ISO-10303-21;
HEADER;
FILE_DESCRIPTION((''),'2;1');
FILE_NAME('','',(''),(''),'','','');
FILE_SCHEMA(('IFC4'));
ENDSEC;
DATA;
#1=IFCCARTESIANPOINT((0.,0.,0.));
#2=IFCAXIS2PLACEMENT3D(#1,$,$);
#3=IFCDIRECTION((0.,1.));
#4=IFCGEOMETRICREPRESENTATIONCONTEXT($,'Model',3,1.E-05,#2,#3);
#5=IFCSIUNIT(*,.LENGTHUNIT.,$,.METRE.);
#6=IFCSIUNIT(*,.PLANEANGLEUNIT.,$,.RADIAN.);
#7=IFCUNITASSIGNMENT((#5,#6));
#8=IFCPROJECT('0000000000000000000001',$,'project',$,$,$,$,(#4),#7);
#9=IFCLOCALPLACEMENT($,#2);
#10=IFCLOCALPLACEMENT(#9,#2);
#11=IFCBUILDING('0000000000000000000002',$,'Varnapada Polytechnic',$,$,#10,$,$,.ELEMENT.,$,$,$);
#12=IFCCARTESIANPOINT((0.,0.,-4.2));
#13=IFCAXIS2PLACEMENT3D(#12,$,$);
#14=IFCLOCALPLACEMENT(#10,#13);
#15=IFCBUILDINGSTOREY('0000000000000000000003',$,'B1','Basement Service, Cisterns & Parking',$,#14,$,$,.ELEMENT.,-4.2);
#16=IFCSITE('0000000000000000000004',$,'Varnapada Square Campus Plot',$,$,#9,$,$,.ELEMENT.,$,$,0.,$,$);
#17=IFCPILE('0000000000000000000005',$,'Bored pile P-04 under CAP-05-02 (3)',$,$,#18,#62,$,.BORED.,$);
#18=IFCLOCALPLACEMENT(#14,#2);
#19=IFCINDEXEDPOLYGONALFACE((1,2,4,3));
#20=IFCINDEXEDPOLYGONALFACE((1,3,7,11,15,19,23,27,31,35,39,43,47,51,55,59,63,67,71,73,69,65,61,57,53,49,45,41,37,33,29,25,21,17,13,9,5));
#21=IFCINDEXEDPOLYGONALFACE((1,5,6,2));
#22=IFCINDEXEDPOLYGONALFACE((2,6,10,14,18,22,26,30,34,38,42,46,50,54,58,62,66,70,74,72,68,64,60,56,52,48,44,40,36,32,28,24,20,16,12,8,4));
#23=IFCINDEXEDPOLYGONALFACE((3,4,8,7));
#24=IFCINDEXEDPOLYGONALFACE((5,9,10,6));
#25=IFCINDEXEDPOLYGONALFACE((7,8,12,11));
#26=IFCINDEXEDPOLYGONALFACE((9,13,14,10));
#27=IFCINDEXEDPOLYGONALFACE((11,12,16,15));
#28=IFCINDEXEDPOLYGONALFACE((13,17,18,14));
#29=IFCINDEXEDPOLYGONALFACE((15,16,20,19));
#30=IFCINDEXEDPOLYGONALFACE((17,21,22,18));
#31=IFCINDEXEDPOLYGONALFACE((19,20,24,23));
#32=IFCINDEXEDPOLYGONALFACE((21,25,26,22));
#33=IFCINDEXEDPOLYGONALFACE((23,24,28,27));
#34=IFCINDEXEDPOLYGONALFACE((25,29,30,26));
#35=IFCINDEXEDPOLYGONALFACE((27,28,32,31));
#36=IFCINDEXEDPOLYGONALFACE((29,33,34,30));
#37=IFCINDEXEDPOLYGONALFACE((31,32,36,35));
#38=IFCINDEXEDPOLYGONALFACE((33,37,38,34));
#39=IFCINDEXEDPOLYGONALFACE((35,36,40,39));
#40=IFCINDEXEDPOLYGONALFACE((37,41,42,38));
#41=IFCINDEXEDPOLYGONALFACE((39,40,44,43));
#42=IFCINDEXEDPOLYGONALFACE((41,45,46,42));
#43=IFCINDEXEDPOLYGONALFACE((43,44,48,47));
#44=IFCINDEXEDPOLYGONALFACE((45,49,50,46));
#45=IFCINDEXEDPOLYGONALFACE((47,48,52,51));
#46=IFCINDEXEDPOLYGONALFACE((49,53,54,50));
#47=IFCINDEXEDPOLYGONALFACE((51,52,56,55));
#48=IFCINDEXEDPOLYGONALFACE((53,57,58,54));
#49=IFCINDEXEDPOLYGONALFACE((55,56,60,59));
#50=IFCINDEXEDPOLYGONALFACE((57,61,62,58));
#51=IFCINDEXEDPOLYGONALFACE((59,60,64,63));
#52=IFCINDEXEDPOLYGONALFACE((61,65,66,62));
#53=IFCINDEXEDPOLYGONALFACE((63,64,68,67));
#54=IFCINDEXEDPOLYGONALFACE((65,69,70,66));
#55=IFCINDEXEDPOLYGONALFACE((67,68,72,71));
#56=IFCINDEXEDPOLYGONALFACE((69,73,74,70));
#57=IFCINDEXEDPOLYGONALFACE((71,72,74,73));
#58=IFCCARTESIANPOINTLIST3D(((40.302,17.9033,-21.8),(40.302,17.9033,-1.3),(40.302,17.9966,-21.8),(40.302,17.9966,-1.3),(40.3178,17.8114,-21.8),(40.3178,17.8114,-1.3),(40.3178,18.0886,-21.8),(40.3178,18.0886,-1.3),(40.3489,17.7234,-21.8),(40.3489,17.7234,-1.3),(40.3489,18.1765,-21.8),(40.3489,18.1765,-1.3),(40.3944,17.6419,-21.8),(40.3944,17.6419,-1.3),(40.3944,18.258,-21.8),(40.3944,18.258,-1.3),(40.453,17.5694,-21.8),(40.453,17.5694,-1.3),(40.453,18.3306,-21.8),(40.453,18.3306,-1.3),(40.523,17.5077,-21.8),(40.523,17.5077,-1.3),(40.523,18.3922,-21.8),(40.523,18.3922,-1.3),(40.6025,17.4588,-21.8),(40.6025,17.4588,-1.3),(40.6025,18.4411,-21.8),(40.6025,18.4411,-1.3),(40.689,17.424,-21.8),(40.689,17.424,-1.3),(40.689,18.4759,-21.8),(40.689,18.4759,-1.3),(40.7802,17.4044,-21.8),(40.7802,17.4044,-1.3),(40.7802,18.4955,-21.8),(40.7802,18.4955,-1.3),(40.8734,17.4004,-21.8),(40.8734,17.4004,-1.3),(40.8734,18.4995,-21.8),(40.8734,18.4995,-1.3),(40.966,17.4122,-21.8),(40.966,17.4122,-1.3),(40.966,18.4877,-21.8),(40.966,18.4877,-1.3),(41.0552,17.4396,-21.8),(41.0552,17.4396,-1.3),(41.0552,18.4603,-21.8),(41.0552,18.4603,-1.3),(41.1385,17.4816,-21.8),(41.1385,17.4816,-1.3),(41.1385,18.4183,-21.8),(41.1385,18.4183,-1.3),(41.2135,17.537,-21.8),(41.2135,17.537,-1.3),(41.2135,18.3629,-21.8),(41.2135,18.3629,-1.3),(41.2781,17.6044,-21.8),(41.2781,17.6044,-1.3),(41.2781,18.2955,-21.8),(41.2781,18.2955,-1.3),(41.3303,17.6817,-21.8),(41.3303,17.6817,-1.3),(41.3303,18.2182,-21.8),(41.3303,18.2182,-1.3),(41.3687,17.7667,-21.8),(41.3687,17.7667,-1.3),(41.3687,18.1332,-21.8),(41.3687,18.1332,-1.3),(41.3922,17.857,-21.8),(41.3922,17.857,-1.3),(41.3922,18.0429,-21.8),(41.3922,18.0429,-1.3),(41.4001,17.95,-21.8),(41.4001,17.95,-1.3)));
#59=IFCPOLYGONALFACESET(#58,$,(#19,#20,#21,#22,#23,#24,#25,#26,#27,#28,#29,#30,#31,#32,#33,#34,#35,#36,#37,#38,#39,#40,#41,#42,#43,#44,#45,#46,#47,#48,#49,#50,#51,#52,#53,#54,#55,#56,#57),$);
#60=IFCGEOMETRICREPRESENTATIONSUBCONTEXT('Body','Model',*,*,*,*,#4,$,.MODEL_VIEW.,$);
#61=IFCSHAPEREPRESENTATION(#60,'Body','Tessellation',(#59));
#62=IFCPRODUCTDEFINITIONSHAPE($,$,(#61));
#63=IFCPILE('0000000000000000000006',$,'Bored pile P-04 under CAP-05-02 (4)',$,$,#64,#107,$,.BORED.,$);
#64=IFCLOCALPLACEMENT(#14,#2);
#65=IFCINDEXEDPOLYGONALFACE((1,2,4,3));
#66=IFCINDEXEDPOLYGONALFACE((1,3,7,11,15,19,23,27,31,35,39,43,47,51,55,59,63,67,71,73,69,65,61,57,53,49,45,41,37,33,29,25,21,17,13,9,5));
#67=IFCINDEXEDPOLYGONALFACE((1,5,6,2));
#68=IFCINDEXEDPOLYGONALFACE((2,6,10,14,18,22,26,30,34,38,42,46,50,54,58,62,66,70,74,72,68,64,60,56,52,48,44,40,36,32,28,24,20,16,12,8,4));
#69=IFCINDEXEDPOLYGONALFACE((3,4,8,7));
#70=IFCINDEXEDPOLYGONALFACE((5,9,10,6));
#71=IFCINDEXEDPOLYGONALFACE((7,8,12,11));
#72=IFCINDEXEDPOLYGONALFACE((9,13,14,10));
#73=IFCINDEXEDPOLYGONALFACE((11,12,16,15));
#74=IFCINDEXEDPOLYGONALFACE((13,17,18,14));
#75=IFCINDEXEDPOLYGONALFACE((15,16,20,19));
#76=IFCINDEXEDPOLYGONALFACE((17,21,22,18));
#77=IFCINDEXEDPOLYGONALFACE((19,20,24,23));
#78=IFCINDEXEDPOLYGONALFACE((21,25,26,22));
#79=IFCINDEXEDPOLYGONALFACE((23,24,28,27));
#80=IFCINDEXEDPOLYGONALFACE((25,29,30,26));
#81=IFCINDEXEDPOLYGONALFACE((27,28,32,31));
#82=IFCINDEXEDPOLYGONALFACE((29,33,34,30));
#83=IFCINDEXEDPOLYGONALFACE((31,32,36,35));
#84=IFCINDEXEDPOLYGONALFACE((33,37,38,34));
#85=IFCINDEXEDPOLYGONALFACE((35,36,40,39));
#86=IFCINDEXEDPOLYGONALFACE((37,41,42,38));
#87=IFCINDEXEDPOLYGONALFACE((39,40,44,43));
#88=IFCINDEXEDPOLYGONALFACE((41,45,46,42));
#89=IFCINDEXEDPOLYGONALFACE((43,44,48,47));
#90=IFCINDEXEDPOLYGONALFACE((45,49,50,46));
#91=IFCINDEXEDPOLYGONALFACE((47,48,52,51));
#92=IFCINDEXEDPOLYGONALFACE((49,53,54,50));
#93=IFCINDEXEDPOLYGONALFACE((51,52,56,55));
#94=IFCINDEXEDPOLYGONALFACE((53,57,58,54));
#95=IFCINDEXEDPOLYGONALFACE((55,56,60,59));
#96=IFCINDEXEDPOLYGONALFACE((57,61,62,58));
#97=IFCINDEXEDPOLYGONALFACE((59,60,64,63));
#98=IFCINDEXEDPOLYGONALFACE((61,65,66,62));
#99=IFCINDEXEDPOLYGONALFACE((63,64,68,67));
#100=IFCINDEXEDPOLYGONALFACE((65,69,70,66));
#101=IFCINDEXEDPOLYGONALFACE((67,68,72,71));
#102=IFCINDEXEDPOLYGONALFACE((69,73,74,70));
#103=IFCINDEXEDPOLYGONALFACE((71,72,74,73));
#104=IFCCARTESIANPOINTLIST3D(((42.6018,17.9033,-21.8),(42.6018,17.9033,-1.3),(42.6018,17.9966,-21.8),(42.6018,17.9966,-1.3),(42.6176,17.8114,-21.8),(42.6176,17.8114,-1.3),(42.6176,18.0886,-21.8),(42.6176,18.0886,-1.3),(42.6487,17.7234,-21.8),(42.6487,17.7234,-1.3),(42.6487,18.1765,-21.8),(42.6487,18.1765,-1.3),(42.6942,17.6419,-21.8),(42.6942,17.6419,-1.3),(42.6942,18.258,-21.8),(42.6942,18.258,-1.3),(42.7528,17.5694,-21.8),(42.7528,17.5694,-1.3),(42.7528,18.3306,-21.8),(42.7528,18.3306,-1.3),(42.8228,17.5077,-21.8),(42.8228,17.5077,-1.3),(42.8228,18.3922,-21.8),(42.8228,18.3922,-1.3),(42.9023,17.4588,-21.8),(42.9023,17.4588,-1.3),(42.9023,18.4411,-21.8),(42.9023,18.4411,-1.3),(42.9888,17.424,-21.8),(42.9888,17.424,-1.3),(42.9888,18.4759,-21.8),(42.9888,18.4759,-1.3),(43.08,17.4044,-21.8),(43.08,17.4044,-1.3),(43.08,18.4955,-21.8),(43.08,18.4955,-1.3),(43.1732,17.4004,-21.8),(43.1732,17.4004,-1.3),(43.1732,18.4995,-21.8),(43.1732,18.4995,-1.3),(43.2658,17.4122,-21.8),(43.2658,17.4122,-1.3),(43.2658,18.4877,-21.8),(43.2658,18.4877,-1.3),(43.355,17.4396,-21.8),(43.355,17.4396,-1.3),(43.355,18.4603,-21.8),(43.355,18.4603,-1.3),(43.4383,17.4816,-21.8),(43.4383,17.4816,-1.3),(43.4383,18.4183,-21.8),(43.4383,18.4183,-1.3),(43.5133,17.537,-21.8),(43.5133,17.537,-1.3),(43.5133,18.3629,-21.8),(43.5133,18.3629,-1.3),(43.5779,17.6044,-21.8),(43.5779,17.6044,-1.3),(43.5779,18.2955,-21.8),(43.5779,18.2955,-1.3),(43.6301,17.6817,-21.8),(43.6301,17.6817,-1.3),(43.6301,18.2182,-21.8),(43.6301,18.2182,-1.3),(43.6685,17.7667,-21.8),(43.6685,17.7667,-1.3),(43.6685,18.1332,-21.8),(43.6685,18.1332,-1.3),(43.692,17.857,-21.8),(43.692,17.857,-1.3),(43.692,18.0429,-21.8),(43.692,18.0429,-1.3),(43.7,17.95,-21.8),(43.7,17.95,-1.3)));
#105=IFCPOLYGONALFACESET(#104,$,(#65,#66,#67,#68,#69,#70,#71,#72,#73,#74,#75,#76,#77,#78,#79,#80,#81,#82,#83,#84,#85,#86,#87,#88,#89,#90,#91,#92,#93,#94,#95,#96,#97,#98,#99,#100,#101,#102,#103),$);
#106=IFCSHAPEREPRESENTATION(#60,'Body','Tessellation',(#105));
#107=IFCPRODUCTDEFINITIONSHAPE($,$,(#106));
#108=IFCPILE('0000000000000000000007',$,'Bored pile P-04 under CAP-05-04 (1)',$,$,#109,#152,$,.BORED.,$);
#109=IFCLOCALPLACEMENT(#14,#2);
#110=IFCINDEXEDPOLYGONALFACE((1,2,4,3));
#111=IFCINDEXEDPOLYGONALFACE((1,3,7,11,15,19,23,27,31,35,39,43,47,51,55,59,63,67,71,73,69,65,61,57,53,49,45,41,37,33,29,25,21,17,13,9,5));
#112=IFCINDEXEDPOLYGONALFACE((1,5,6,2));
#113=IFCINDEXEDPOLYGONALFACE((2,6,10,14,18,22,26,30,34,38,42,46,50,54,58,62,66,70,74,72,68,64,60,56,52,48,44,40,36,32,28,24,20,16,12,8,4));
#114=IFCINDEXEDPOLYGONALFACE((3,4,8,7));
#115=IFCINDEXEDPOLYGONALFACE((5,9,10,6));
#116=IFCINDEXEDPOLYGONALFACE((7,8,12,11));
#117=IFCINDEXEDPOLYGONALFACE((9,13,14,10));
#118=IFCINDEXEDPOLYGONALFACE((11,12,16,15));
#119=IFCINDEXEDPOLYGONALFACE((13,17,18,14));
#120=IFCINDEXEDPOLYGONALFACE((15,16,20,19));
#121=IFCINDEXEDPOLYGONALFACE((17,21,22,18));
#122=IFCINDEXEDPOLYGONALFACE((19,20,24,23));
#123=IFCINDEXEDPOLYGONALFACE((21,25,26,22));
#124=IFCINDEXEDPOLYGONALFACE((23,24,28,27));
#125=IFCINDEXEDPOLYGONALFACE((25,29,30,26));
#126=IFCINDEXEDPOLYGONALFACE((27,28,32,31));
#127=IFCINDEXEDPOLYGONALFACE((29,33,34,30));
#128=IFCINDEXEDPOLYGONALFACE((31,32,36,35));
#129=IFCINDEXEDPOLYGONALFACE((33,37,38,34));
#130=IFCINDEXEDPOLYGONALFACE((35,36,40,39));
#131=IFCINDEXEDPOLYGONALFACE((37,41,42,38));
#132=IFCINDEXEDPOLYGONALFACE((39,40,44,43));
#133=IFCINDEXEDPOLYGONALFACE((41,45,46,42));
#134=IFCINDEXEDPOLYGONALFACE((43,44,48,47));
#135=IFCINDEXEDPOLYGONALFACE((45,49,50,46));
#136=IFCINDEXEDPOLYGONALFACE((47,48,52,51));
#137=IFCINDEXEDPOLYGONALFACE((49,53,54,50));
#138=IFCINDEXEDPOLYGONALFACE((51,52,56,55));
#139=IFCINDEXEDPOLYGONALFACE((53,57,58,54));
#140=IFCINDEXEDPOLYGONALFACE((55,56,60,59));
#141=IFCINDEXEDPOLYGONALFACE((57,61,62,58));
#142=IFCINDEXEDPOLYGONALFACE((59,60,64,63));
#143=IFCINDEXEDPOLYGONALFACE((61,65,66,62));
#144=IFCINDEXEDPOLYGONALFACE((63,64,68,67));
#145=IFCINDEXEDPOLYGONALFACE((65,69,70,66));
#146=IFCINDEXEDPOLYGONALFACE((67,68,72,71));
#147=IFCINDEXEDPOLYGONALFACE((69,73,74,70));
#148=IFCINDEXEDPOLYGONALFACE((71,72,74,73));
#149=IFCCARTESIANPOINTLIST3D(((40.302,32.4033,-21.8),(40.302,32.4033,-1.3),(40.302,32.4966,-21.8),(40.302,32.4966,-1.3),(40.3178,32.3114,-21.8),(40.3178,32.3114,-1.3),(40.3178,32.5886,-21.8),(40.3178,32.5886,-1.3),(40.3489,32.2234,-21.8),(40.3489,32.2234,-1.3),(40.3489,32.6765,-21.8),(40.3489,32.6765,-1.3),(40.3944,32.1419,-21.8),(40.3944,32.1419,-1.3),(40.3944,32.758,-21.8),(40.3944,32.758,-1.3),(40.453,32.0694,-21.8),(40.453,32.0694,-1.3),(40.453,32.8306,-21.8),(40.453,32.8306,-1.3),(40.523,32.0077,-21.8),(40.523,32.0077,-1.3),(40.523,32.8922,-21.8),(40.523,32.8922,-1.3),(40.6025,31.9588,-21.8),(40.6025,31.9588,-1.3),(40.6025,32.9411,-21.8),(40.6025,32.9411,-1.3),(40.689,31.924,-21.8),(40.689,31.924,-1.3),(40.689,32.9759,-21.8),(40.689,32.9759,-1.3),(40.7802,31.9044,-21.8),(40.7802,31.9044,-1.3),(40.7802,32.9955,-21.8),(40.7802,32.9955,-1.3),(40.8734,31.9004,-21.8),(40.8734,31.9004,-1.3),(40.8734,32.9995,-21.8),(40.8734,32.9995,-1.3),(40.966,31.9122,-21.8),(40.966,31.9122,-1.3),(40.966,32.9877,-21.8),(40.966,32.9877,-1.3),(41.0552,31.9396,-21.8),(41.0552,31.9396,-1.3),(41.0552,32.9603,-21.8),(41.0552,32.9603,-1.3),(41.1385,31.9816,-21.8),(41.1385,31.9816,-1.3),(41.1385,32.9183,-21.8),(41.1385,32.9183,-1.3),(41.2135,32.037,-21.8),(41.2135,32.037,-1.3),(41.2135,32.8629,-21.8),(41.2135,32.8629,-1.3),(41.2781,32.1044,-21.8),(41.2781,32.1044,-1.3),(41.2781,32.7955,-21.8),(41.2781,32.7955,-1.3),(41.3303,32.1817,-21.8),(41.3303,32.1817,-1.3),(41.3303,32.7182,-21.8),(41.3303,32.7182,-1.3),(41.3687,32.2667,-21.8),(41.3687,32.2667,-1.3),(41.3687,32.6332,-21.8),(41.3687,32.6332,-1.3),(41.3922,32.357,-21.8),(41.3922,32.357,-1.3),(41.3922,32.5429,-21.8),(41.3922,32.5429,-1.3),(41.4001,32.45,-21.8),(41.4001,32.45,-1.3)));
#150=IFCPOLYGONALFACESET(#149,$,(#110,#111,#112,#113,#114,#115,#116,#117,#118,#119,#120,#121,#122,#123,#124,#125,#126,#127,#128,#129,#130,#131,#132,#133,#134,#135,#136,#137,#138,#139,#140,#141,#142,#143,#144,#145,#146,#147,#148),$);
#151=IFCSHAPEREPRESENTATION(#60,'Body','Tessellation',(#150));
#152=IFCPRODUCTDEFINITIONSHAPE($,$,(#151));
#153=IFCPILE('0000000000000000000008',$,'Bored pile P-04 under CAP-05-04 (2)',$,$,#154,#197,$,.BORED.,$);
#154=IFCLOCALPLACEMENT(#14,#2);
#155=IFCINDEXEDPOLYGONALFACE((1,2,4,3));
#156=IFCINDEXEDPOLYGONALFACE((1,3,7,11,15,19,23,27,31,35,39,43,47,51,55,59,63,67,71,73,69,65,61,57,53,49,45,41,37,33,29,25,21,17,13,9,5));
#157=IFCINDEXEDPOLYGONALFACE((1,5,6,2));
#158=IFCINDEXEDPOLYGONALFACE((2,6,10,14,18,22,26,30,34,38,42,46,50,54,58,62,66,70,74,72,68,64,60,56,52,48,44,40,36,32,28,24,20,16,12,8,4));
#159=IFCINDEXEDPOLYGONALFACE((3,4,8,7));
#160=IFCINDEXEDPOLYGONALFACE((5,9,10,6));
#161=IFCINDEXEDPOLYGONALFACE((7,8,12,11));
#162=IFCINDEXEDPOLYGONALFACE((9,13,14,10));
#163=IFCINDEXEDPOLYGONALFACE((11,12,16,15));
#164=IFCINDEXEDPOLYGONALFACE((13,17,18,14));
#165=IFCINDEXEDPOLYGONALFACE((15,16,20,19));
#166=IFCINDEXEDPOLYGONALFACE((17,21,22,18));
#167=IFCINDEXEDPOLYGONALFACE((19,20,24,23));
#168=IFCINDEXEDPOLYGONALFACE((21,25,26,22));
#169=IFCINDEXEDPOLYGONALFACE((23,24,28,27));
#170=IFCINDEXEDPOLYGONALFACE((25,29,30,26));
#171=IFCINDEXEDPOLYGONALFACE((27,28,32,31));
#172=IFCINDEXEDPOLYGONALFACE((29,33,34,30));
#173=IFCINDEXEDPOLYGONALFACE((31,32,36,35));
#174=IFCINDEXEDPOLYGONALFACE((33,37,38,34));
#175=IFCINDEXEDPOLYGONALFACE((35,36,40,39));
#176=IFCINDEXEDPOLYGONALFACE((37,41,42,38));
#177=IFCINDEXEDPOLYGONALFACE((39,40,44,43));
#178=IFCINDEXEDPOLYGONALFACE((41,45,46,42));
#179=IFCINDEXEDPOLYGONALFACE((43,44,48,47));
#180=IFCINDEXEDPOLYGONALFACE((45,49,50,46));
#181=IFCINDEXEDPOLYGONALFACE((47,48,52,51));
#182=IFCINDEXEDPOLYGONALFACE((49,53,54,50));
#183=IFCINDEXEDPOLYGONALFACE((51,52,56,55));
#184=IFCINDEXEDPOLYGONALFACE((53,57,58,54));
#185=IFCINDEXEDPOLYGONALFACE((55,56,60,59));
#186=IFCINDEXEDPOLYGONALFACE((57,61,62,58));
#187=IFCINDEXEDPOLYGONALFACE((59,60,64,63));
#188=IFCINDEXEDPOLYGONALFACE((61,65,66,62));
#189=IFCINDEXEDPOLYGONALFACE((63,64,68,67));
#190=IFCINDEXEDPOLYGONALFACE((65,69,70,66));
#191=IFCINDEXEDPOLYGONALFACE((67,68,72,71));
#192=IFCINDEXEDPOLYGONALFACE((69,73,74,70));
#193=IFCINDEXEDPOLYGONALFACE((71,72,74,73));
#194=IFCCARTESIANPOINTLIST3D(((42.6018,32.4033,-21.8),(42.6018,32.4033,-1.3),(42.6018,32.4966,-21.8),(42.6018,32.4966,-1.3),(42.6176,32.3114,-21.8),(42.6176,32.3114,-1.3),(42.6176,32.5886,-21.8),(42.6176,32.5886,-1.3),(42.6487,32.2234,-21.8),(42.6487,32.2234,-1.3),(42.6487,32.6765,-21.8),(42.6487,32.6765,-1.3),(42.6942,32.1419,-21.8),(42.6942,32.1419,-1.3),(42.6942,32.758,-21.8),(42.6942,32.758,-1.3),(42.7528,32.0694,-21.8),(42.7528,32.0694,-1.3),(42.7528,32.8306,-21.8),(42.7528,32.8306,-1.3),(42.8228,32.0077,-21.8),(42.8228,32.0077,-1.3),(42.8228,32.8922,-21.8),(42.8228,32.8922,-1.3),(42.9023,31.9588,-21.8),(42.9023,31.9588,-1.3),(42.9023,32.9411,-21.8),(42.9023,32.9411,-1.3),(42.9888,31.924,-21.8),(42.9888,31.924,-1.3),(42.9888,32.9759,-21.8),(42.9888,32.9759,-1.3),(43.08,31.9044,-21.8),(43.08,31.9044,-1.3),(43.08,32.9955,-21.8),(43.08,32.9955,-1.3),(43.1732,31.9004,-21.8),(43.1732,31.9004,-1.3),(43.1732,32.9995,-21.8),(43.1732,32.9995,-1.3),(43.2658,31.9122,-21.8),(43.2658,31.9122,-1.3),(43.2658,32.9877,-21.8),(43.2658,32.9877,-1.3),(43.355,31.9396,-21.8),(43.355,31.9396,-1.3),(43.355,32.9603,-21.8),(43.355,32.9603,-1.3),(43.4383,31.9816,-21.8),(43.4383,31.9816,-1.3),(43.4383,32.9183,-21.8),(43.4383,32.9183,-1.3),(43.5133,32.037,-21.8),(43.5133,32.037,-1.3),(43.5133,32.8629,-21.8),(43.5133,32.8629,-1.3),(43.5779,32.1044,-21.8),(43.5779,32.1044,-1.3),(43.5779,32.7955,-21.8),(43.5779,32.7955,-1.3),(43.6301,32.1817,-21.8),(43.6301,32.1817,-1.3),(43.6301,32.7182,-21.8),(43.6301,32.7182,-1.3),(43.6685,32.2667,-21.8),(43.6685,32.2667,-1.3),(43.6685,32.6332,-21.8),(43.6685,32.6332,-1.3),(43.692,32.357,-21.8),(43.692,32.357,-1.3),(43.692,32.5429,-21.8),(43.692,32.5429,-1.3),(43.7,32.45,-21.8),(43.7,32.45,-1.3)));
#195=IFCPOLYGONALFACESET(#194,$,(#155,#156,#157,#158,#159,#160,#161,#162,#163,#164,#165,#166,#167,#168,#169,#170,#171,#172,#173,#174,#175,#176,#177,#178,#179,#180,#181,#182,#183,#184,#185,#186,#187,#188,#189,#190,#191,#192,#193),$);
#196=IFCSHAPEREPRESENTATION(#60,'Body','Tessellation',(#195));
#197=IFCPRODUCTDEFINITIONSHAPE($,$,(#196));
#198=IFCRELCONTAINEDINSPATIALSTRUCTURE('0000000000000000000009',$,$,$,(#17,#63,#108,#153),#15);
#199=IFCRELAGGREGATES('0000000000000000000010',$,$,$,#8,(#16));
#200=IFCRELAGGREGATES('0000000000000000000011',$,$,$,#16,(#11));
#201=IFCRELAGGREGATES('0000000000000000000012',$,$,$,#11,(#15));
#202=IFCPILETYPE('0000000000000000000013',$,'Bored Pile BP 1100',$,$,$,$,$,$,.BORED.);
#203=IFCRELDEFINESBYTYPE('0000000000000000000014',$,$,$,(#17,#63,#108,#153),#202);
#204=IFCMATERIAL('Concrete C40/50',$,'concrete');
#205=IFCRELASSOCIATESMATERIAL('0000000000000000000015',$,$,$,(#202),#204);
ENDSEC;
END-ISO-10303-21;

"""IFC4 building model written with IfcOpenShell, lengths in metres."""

from ifc_helpers import new_model, si_unit, direction, frame, origin, origin_2d, place, context, subcontext, project, spatial, circle, extrude, material, material_profile, profile_set, type_object, element, save


model = new_model("IFC4")

# Units and contexts
model_context = context("Model", 3, precision=1e-05, world=origin(), true_north=direction((0.0, 1.0)))
body_context = subcontext(model_context, "Body", "Model", "MODEL_VIEW")
ifc_project = project(units=[si_unit("LENGTHUNIT", "METRE"), si_unit("PLANEANGLEUNIT", "RADIAN")], contexts=[model_context])

# Site, building, storey
site_placement = place(None, origin())
site = spatial("IfcSite", under=ifc_project, at=site_placement, Name="Varnapada Square Campus Plot", CompositionType="ELEMENT", RefElevation=0.0)
building_placement = place(site_placement, origin())
building = spatial("IfcBuilding", under=site, at=building_placement, Name="Varnapada Polytechnic", CompositionType="ELEMENT")
storey_placement = place(building_placement, frame((0.0, 0.0, -4.2)))
storey = spatial("IfcBuildingStorey", under=building, at=storey_placement, Name="B1", Description="Basement Service, Cisterns & Parking", CompositionType="ELEMENT", Elevation=-4.2)

# Piles
ifc_material_1 = material(Name="Concrete C40/50", Category="concrete")
ifc_material_profile_1 = material_profile(ifc_material_1, circle(Radius=0.55, at=origin_2d()), Name="BP 1100")
ifc_profile_set_1 = profile_set([ifc_material_profile_1], Name="Concrete C40/50")
pile_type_1 = type_object("IfcPileType", Name="Bored Pile BP 1100", PredefinedType="BORED", material=ifc_profile_set_1)
for number, where, z_axis, x_axis, name in (
    (1, (40.8501, 17.95, -1.3), (0.0, 0.0, -1.0), (1.0, 0.0, 0.0), "Bored pile P-04 under CAP-05-02 (3)"),
    (2, (43.1499, 17.95, -1.3), (0.0, 0.0, -1.0), (1.0, 0.0, 0.0), "Bored pile P-04 under CAP-05-02 (4)"),
    (3, (40.8501, 32.45, -1.3), (0.0, 0.0, -1.0), (1.0, 0.0, 0.0), "Bored pile P-04 under CAP-05-04 (1)"),
    (4, (43.1499, 32.45, -1.3), (0.0, 0.0, -1.0), (1.0, 0.0, 0.0), "Bored pile P-04 under CAP-05-04 (2)"),
):
    element("IfcPile", number, at=place(storey_placement, frame(where, z_axis=z_axis, x_axis=x_axis)), inside=storey, type_object=pile_type_1, Name=name, PredefinedType="BORED", context=body_context, shape_type="SweptSolid", body=[
        extrude(circle(Radius=0.55, at=origin_2d()), origin(), (0.0, 0.0, 1.0), 20.5),
    ])

save(model, "model.ifc")
